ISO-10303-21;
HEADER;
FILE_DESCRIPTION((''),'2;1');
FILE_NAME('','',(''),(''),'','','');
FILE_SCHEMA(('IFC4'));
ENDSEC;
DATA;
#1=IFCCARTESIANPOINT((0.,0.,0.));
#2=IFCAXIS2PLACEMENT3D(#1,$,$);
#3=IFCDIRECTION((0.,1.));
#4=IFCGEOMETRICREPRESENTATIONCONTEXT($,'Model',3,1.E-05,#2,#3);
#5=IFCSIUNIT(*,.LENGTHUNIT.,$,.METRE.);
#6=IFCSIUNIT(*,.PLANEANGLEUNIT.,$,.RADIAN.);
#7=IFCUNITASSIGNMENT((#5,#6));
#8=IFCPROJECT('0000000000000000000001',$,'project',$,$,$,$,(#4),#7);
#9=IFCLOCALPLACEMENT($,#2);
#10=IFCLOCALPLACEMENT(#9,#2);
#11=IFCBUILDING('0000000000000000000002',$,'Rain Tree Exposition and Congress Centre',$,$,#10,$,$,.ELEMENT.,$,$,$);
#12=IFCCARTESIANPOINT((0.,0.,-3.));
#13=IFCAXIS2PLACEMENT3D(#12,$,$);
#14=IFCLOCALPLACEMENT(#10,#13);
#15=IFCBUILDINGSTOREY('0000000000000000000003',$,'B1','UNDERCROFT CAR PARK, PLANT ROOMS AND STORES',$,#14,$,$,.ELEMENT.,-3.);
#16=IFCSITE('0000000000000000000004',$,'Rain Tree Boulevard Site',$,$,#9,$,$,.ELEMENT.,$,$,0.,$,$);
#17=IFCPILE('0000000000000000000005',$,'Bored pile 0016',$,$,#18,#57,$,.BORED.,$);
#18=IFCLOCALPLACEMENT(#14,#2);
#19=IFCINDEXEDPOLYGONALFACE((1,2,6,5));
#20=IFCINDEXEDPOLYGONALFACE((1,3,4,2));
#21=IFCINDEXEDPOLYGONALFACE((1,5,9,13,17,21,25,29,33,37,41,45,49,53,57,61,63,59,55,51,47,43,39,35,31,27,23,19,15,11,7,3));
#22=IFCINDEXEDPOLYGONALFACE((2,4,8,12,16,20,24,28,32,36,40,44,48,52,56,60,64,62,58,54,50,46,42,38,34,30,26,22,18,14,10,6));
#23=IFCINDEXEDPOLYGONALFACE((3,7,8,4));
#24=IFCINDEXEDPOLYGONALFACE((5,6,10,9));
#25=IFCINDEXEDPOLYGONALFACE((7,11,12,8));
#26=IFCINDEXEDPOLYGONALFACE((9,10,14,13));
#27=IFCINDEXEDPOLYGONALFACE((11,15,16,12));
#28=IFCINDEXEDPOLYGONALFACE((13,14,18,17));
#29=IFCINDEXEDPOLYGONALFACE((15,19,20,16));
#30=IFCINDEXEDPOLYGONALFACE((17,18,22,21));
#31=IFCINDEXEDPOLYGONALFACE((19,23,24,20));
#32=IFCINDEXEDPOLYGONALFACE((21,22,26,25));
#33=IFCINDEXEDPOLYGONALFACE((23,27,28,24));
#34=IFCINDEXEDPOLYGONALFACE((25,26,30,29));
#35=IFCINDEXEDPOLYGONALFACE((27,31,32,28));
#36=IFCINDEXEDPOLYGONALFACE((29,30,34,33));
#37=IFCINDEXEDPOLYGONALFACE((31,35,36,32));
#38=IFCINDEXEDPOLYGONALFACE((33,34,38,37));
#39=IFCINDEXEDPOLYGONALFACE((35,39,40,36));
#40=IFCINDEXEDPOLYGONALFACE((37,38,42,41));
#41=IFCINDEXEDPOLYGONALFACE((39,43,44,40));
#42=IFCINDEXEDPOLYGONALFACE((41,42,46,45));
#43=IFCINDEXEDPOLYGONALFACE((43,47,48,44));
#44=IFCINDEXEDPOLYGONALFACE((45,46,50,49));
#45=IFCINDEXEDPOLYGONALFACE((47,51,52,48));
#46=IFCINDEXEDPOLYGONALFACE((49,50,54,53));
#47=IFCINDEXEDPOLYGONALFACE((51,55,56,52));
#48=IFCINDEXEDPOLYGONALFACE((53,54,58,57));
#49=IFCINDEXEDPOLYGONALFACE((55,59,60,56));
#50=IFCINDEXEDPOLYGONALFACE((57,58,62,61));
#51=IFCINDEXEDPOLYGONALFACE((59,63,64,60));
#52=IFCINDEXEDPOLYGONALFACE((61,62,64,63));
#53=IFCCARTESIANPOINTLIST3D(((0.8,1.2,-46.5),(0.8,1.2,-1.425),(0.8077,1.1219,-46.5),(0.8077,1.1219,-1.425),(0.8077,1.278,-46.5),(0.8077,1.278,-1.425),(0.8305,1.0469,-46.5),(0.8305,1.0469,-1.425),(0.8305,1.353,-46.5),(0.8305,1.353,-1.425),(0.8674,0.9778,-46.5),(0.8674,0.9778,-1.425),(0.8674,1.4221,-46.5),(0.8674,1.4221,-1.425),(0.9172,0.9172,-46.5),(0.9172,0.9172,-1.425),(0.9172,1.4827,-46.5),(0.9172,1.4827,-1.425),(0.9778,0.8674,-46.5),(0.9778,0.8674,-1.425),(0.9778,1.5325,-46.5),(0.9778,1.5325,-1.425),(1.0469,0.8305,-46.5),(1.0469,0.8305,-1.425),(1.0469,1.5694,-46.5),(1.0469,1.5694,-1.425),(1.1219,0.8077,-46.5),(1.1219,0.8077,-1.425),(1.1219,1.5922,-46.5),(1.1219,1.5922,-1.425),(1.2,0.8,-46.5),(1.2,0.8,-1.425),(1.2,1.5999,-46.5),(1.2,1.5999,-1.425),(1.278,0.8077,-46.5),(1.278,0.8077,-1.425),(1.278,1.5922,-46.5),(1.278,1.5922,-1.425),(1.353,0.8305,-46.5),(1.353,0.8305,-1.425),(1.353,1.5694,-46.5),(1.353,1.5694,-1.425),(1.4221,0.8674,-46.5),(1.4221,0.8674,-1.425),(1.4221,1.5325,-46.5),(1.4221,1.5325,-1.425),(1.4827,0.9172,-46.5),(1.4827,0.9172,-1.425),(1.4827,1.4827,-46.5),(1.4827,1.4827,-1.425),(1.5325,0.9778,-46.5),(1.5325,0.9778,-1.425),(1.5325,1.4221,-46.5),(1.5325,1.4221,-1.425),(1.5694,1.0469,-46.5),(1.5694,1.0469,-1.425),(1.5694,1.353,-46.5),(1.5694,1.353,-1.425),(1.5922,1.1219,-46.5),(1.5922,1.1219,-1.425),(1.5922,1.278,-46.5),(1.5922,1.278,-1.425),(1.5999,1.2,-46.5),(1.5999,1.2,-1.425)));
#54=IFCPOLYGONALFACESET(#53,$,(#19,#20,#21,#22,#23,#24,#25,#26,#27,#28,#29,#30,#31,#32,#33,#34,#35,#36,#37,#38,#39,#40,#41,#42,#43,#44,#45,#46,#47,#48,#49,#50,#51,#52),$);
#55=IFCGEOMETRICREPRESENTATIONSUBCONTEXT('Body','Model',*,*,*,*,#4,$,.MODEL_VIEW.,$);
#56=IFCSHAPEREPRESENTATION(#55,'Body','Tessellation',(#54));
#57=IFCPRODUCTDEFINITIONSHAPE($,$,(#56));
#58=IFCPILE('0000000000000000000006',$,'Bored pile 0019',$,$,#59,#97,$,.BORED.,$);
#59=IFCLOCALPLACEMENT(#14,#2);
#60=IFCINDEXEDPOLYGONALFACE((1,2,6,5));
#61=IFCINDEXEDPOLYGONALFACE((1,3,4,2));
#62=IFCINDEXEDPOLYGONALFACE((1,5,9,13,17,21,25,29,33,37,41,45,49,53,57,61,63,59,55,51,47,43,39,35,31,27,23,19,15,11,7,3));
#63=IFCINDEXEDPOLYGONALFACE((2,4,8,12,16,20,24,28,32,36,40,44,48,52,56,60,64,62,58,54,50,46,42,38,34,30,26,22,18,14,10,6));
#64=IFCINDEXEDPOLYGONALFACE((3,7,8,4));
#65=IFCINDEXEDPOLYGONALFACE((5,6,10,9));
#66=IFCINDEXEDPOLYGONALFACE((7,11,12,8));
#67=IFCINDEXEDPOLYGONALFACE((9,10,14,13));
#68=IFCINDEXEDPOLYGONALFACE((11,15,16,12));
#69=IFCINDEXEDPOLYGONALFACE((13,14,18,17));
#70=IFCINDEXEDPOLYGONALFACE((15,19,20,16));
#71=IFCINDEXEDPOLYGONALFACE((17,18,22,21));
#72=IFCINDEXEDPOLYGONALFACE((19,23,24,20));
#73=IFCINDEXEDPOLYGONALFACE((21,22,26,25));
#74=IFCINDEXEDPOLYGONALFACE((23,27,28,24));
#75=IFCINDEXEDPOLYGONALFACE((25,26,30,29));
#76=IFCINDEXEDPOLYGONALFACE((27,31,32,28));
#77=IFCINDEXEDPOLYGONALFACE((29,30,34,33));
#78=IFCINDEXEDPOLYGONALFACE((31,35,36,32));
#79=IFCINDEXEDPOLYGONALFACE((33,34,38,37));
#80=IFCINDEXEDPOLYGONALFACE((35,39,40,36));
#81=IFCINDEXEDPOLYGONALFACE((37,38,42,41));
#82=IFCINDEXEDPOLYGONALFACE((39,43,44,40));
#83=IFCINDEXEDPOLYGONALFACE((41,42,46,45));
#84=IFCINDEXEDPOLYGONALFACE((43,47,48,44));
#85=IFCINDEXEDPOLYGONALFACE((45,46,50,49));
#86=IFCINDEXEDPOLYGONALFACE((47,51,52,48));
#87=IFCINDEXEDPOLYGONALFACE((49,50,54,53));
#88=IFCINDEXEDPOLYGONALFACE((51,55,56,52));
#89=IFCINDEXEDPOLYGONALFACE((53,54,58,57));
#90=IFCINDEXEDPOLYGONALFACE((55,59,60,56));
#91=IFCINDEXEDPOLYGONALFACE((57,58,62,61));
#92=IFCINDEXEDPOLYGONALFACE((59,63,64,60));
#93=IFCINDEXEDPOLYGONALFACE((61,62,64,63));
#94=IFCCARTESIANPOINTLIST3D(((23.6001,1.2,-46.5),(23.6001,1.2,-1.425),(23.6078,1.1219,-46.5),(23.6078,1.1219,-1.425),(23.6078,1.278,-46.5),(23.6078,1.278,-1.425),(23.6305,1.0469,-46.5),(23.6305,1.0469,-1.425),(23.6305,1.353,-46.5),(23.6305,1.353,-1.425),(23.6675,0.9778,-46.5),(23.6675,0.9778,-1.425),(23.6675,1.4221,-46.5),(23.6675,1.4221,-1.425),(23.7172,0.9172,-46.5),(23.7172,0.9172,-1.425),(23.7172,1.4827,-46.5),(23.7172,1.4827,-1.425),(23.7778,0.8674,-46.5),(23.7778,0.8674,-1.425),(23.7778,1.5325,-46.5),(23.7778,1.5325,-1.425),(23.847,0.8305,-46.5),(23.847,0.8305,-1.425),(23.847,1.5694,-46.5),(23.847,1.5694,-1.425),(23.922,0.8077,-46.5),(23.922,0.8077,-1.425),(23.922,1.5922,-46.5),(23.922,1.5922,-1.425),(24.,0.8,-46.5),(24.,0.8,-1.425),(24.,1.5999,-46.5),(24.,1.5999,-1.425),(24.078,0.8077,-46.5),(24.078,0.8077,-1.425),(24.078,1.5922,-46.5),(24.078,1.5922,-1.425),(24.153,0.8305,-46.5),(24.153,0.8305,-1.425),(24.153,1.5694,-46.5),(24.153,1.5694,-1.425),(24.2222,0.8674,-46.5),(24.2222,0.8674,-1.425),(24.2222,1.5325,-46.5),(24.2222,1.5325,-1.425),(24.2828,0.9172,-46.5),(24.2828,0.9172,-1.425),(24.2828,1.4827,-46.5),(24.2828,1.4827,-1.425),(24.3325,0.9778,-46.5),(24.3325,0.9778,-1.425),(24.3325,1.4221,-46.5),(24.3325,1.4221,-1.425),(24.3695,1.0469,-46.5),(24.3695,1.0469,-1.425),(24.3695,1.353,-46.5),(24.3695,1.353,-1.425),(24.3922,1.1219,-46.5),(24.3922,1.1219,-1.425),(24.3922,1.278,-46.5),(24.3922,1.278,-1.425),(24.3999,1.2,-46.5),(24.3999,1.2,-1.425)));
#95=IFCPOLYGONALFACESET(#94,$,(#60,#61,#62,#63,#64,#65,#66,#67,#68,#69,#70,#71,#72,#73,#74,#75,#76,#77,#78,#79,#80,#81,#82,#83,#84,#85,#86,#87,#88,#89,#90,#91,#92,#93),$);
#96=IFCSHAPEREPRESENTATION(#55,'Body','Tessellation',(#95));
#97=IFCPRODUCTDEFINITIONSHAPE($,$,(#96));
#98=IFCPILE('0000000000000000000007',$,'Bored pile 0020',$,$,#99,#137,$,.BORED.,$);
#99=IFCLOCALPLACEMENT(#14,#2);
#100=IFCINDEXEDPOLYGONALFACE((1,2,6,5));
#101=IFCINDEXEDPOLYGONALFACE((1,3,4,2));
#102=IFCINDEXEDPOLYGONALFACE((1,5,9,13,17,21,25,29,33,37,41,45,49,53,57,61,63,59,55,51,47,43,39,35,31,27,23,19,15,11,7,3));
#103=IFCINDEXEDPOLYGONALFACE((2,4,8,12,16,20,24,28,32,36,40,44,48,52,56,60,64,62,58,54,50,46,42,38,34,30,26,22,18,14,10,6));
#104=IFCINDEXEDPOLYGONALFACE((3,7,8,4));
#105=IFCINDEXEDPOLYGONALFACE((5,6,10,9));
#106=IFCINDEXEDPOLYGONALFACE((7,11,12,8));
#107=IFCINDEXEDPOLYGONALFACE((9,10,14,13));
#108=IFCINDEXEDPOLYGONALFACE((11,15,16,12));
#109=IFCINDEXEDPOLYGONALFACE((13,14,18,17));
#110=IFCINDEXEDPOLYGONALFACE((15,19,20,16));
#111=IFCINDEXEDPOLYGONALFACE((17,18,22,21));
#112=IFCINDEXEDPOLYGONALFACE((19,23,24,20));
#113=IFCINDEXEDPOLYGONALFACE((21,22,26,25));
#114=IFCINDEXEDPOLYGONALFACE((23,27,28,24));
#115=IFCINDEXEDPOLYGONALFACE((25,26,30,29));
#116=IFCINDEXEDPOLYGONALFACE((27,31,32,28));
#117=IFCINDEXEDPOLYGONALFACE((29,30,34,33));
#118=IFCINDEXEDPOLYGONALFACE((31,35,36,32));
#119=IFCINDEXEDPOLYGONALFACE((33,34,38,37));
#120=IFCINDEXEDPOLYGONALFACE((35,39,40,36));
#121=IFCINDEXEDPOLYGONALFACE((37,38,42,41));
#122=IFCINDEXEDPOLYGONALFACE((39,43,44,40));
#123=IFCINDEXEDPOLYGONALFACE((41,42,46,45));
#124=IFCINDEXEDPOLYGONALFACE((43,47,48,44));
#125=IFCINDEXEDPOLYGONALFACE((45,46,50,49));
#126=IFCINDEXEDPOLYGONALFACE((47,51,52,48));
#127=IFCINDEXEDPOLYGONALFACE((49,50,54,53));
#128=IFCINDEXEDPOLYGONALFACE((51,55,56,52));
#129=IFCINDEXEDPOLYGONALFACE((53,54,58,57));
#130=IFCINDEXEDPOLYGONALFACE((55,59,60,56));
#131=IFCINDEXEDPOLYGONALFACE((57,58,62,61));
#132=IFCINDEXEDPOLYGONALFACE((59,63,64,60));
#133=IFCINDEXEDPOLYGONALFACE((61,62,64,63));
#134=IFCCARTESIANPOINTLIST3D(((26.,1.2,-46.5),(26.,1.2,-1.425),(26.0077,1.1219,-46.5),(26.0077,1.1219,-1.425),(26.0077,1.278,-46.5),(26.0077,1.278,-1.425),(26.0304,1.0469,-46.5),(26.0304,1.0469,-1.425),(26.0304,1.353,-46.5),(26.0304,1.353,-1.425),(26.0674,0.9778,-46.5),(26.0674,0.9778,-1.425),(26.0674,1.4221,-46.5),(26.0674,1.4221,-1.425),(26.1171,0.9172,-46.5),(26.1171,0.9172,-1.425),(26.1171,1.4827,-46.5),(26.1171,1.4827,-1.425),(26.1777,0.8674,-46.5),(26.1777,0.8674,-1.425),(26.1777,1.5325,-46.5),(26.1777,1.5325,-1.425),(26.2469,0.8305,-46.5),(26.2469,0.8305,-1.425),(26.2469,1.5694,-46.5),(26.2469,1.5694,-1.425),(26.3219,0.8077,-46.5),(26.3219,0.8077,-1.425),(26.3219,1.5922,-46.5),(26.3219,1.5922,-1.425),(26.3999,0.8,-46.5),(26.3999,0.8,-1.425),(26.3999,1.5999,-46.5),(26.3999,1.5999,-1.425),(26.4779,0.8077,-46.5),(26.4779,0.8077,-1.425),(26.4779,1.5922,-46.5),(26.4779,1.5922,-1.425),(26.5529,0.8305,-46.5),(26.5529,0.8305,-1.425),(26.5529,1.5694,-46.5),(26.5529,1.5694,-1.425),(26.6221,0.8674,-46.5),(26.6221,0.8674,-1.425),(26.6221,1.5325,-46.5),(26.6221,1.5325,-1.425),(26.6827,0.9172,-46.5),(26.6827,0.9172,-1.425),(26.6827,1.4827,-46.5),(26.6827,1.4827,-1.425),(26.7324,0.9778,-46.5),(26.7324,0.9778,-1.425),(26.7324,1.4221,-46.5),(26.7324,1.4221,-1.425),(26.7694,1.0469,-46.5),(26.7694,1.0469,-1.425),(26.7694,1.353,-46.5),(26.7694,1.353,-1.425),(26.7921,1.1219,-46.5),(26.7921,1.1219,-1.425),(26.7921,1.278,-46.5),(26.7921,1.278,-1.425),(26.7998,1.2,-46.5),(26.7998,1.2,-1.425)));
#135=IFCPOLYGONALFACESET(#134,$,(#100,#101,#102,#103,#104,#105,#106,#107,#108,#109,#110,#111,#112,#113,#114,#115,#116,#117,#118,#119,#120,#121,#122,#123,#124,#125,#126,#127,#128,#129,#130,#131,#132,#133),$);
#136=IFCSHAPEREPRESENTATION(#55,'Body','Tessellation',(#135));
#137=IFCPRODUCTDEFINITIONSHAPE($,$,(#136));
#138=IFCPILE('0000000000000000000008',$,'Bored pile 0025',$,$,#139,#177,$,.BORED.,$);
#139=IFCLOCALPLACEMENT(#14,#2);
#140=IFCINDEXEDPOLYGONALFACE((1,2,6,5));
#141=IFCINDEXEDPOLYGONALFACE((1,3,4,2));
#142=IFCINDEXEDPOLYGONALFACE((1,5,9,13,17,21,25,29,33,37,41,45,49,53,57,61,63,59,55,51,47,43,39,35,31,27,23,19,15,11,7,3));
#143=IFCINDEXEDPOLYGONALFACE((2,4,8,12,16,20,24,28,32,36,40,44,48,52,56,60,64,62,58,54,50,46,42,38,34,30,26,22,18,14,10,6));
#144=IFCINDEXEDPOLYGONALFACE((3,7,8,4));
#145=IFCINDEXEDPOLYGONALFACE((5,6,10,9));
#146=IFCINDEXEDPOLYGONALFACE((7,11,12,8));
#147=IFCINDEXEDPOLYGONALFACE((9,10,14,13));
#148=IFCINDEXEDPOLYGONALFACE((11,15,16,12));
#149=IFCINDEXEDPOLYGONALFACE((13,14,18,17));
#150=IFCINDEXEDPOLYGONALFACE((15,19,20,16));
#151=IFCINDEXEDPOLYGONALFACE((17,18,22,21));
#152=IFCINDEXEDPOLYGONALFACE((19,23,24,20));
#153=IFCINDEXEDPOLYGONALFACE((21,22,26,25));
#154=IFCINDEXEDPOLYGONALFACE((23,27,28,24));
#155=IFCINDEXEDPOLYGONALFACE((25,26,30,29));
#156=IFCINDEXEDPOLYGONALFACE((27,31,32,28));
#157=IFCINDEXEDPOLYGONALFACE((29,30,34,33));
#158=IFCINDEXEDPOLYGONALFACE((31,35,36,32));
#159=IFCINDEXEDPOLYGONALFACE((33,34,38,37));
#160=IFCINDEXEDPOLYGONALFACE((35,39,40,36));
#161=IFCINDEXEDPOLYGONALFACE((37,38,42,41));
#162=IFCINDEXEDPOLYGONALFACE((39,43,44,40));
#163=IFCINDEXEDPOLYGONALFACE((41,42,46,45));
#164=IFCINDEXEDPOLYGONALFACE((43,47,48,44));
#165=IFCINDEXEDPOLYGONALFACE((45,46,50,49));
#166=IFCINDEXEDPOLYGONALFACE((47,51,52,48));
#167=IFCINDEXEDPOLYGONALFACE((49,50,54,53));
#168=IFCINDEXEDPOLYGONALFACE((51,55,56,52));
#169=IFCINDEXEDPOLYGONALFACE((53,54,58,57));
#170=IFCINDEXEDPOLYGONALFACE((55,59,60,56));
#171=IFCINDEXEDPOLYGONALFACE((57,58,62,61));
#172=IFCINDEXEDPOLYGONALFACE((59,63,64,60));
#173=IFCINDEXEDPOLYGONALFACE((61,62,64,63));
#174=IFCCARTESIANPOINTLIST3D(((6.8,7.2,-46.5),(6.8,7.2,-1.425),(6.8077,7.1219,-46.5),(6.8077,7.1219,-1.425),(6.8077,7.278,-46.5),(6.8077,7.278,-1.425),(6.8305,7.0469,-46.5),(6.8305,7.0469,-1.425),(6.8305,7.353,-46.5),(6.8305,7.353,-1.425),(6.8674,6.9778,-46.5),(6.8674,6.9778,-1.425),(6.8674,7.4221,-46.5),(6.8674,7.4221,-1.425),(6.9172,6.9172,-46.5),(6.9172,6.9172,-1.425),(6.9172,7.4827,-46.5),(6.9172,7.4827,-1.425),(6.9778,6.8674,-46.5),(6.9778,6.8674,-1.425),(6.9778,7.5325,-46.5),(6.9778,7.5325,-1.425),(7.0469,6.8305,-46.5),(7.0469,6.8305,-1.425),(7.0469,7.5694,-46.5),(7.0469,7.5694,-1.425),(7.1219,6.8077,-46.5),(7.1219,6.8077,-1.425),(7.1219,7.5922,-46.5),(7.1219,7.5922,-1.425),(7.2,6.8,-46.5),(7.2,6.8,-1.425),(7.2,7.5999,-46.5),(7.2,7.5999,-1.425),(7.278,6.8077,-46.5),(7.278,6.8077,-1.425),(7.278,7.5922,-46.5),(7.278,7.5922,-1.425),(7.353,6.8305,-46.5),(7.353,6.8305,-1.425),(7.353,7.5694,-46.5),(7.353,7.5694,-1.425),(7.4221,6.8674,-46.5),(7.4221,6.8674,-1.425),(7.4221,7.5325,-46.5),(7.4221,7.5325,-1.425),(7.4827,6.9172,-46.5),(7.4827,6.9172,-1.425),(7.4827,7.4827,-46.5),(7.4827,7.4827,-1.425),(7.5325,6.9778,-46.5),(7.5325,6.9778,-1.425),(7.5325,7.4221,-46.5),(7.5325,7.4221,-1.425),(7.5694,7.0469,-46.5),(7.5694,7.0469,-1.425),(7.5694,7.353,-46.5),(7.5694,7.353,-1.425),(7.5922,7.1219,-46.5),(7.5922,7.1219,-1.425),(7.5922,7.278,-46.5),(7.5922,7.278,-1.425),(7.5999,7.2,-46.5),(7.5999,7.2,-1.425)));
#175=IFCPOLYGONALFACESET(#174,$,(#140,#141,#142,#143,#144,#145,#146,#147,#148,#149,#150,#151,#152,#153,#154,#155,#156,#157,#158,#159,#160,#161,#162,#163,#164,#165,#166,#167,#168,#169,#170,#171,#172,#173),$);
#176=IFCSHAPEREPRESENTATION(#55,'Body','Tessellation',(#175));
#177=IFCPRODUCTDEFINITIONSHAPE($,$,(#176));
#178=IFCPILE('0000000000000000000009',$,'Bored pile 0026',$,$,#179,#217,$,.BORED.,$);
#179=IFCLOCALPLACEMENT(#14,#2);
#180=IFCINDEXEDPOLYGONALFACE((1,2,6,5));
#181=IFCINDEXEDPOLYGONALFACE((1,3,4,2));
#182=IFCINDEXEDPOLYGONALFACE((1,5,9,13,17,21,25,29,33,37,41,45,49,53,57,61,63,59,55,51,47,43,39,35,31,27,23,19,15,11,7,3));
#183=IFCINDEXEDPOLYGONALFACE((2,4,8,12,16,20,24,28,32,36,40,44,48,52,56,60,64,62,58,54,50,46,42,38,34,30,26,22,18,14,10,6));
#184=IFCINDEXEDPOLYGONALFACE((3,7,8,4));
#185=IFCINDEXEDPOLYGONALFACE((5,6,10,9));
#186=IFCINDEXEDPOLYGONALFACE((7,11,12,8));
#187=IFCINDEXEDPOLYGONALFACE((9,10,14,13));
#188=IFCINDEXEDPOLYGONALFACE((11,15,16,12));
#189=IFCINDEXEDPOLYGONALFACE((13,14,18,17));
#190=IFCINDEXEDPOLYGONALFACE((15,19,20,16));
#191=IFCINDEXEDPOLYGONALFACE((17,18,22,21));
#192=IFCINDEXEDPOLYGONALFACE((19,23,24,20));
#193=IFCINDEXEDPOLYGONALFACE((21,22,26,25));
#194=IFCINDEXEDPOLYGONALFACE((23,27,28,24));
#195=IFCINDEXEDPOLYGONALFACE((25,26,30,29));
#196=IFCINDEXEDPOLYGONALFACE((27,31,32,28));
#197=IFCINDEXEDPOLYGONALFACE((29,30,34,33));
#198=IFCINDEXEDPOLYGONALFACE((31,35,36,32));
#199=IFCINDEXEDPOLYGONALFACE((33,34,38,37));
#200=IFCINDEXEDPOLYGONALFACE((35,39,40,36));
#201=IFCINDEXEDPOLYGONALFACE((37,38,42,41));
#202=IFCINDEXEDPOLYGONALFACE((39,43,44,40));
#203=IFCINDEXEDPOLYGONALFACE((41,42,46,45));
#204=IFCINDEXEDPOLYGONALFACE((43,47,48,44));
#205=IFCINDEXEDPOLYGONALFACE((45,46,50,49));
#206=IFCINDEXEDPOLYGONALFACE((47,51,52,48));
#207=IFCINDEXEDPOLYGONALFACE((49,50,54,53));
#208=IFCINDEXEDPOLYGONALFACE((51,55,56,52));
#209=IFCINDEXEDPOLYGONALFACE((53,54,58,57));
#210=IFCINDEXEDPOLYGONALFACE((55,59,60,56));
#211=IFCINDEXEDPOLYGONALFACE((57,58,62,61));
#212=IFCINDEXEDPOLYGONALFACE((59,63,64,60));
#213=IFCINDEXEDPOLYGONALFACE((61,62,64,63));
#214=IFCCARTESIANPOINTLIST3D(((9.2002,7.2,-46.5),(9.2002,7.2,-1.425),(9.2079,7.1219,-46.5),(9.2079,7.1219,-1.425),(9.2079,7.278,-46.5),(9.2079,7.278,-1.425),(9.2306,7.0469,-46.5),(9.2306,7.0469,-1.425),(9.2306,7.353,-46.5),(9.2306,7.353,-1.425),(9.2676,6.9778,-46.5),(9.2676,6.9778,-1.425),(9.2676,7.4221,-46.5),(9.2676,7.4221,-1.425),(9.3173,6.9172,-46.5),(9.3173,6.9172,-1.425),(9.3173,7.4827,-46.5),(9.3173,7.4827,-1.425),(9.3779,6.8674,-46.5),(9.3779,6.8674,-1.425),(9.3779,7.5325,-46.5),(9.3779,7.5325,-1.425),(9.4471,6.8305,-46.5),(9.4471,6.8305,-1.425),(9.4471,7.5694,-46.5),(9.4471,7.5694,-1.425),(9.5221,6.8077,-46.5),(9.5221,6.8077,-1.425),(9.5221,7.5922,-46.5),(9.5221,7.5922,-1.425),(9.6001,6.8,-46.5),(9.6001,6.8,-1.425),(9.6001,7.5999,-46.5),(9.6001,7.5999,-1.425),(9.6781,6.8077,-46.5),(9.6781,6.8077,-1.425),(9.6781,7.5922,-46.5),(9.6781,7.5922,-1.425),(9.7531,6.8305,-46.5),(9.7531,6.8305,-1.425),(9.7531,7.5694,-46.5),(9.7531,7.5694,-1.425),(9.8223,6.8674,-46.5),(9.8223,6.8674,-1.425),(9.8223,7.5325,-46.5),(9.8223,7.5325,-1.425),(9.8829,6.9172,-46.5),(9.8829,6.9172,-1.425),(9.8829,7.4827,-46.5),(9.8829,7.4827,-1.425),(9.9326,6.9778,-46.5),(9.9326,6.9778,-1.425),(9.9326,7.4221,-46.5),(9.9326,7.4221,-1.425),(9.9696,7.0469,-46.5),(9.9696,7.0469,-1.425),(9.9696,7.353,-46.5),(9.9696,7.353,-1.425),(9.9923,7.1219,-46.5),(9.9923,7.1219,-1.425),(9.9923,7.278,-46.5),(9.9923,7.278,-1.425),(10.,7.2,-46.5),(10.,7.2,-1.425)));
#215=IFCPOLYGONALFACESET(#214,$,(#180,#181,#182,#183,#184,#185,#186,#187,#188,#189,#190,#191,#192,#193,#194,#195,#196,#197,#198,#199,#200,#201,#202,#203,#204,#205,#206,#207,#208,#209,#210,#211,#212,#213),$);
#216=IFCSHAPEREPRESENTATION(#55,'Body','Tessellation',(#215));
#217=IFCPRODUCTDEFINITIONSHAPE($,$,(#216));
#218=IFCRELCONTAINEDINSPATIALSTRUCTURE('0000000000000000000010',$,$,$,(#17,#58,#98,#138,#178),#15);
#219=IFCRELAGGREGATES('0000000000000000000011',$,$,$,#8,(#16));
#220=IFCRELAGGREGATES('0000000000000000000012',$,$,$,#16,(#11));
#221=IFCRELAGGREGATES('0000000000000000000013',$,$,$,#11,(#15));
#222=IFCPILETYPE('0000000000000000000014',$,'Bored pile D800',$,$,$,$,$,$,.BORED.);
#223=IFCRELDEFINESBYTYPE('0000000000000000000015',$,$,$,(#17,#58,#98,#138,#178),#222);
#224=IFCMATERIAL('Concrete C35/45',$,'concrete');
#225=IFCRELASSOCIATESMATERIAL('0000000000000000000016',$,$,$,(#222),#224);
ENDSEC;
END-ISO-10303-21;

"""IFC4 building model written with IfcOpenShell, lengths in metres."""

from ifc_helpers import new_model, si_unit, direction, frame, origin, origin_2d, place, context, subcontext, project, spatial, circle, extrude, material, material_profile, profile_set, type_object, element, save


model = new_model("IFC4")

# Units and contexts
model_context = context("Model", 3, precision=1e-05, world=origin(), true_north=direction((0.0, 1.0)))
body_context = subcontext(model_context, "Body", "Model", "MODEL_VIEW")
ifc_project = project(units=[si_unit("LENGTHUNIT", "METRE"), si_unit("PLANEANGLEUNIT", "RADIAN")], contexts=[model_context])

# Site, building, storey
site_placement = place(None, origin())
site = spatial("IfcSite", under=ifc_project, at=site_placement, Name="Rain Tree Boulevard Site", CompositionType="ELEMENT", RefElevation=0.0)
building_placement = place(site_placement, origin())
building = spatial("IfcBuilding", under=site, at=building_placement, Name="Rain Tree Exposition and Congress Centre", CompositionType="ELEMENT")
storey_placement = place(building_placement, frame((0.0, 0.0, -3.0)))
storey = spatial("IfcBuildingStorey", under=building, at=storey_placement, Name="B1", Description="UNDERCROFT CAR PARK, PLANT ROOMS AND STORES", CompositionType="ELEMENT", Elevation=-3.0)

# Piles
ifc_material_1 = material(Name="Concrete C35/45", Category="concrete")
ifc_material_profile_1 = material_profile(ifc_material_1, circle(Radius=0.3999, at=origin_2d()), Name="D800")
ifc_profile_set_1 = profile_set([ifc_material_profile_1], Name="Concrete C35/45")
pile_type = type_object("IfcPileType", Name="Bored pile D800", PredefinedType="BORED", material=ifc_profile_set_1)
for number, where, z_axis, x_axis, name in (
    (1, (1.2, 1.2, -1.425), (0.0, 0.0, -1.0), (1.0, 0.0, 0.0), "Bored pile 0016"),
    (2, (24.0, 1.2, -1.425), (0.0, 0.0, -1.0), (1.0, 0.0, 0.0), "Bored pile 0019"),
    (3, (26.3999, 1.2, -1.425), (0.0, 0.0, -1.0), (1.0, 0.0, 0.0), "Bored pile 0020"),
    (4, (7.2, 7.2, -1.425), (0.0, 0.0, -1.0), (1.0, 0.0, 0.0), "Bored pile 0025"),
    (5, (9.6001, 7.2, -1.425), (0.0, 0.0, -1.0), (1.0, 0.0, 0.0), "Bored pile 0026"),
):
    element("IfcPile", number, at=place(storey_placement, frame(where, z_axis=z_axis, x_axis=x_axis)), inside=storey, type_object=pile_type, Name=name, PredefinedType="BORED", context=body_context, shape_type="SweptSolid", body=[
        extrude(circle(Radius=0.3999, at=origin_2d()), origin(), (0.0, 0.0, 1.0), 45.075),
    ])

save(model, "model.ifc")
